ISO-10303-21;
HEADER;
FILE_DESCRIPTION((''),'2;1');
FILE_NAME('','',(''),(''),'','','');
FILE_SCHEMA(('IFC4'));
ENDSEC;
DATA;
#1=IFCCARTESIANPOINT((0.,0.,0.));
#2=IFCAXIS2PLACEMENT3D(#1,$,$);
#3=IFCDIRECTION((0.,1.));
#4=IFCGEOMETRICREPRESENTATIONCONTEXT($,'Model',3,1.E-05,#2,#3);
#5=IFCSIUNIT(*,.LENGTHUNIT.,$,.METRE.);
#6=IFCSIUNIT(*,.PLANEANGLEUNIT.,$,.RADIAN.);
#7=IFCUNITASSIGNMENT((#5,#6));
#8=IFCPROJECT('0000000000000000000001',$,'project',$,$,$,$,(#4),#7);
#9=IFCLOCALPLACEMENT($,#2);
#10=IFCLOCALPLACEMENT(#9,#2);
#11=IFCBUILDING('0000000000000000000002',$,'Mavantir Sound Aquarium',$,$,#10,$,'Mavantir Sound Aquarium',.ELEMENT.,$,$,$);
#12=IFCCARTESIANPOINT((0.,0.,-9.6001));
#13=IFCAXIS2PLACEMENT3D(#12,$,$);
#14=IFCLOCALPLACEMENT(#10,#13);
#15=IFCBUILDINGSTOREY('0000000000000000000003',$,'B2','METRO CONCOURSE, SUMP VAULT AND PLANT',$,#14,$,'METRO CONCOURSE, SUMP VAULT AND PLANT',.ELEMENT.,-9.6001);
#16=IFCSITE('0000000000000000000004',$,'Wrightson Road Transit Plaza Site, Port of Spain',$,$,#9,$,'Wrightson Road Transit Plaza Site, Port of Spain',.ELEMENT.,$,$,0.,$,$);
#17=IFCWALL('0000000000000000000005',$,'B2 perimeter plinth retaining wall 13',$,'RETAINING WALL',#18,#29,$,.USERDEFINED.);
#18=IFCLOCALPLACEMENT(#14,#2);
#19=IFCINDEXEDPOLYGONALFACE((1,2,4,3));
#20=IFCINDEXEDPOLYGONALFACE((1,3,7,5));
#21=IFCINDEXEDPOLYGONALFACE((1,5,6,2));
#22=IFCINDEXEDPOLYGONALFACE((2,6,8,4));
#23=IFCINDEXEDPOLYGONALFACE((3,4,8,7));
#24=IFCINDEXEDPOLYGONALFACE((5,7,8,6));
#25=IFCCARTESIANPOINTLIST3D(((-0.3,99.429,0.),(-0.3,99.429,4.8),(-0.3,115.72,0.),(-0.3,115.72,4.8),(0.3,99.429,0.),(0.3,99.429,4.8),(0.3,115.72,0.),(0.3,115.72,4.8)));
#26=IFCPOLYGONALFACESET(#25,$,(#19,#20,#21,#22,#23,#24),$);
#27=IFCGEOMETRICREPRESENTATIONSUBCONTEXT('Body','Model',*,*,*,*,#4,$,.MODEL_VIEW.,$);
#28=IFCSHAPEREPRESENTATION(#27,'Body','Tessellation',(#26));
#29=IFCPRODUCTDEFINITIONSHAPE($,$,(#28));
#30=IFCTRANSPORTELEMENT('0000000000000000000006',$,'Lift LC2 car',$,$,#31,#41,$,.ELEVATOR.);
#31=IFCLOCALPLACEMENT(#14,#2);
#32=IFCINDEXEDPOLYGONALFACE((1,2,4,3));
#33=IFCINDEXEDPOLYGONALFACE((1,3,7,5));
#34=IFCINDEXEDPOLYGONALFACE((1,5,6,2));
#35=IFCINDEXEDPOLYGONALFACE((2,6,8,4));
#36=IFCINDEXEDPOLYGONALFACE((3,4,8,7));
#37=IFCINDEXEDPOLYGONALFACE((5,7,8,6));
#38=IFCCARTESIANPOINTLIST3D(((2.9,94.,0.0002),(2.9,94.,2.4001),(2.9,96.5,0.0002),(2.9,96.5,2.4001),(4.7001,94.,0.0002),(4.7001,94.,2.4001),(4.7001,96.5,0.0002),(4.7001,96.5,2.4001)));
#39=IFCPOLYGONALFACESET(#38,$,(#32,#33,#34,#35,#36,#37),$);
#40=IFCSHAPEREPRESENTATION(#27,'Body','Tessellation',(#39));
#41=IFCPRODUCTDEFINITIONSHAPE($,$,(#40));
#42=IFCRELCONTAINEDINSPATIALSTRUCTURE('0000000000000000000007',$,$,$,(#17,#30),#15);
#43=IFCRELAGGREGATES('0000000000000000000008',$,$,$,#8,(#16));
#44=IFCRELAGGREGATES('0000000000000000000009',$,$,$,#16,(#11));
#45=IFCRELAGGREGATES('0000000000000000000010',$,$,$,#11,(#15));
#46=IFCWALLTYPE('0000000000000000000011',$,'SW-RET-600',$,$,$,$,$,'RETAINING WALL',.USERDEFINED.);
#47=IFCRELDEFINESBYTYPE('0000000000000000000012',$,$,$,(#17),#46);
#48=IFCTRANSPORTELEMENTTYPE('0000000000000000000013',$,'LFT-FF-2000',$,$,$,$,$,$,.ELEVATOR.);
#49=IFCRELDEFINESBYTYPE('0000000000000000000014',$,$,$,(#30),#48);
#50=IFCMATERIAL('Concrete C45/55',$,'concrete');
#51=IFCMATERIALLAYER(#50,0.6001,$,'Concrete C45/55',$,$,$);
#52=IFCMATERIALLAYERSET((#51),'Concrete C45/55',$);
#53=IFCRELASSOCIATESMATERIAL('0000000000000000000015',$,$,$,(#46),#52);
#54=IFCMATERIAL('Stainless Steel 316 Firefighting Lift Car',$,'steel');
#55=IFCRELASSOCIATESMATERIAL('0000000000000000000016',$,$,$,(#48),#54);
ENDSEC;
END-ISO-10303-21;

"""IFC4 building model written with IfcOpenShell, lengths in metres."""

from ifc_helpers import new_model, si_unit, direction, frame, frame_2d, origin, origin_2d, place, context, subcontext, project, spatial, rectangle, extrude, material, layer, layer_set, type_object, element, save


model = new_model("IFC4")

# Units and contexts
model_context = context("Model", 3, precision=1e-05, world=origin(), true_north=direction((0.0, 1.0)))
body_context = subcontext(model_context, "Body", "Model", "MODEL_VIEW")
ifc_project = project(units=[si_unit("LENGTHUNIT", "METRE"), si_unit("PLANEANGLEUNIT", "RADIAN")], contexts=[model_context])

# Site, building, storey
site_placement = place(None, origin())
site = spatial("IfcSite", under=ifc_project, at=site_placement, Name="Wrightson Road Transit Plaza Site, Port of Spain", LongName="Wrightson Road Transit Plaza Site, Port of Spain", CompositionType="ELEMENT", RefElevation=0.0)
building_placement = place(site_placement, origin())
building = spatial("IfcBuilding", under=site, at=building_placement, Name="Mavantir Sound Aquarium", LongName="Mavantir Sound Aquarium", CompositionType="ELEMENT")
storey_placement = place(building_placement, frame((0.0, 0.0, -9.6001)))
storey = spatial("IfcBuildingStorey", under=building, at=storey_placement, Name="B2", Description="METRO CONCOURSE, SUMP VAULT AND PLANT", LongName="METRO CONCOURSE, SUMP VAULT AND PLANT", CompositionType="ELEMENT", Elevation=-9.6001)

# Wall
ifc_material_1 = material(Name="Concrete C45/55", Category="concrete")
ifc_layer_1 = layer(ifc_material_1, 0.6001, Name="Concrete C45/55")
ifc_layer_set_1 = layer_set([ifc_layer_1], Name="Concrete C45/55")
wall_type_1 = type_object("IfcWallType", Name="SW-RET-600", ElementType="RETAINING WALL", PredefinedType="USERDEFINED", material=ifc_layer_set_1)
wall_1_placement = place(storey_placement, frame((0.0, 99.429, 0.0), z_axis=(0.0, 0.0, 1.0), x_axis=(0.0, 1.0, 0.0)))
element("IfcWall", 1, at=wall_1_placement, inside=storey, type_object=wall_type_1, Name="B2 perimeter plinth retaining wall 13", ObjectType="RETAINING WALL", PredefinedType="USERDEFINED", context=body_context, shape_type="SweptSolid", body=[
    extrude(rectangle(XDim=16.291, YDim=0.6001, at=frame_2d((8.1455, 0.0))), origin(), (0.0, 0.0, 1.0), 4.8),
])

# Transport element
ifc_material_2 = material(Name="Stainless Steel 316 Firefighting Lift Car", Category="steel")
transport_element_type = type_object("IfcTransportElementType", Name="LFT-FF-2000", PredefinedType="ELEVATOR", material=ifc_material_2)
transport_element_placement = place(storey_placement, frame((3.8, 95.25, 0.0002), z_axis=(0.0, 0.0, 1.0), x_axis=(1.0, 0.0, 0.0)))
element("IfcTransportElement", 2, at=transport_element_placement, inside=storey, type_object=transport_element_type, Name="Lift LC2 car", PredefinedType="ELEVATOR", context=body_context, shape_type="SweptSolid", body=[
    extrude(rectangle(XDim=1.8, YDim=2.5, at=origin_2d()), origin(), (0.0, 0.0, 1.0), 2.3999),
])

save(model, "model.ifc")
